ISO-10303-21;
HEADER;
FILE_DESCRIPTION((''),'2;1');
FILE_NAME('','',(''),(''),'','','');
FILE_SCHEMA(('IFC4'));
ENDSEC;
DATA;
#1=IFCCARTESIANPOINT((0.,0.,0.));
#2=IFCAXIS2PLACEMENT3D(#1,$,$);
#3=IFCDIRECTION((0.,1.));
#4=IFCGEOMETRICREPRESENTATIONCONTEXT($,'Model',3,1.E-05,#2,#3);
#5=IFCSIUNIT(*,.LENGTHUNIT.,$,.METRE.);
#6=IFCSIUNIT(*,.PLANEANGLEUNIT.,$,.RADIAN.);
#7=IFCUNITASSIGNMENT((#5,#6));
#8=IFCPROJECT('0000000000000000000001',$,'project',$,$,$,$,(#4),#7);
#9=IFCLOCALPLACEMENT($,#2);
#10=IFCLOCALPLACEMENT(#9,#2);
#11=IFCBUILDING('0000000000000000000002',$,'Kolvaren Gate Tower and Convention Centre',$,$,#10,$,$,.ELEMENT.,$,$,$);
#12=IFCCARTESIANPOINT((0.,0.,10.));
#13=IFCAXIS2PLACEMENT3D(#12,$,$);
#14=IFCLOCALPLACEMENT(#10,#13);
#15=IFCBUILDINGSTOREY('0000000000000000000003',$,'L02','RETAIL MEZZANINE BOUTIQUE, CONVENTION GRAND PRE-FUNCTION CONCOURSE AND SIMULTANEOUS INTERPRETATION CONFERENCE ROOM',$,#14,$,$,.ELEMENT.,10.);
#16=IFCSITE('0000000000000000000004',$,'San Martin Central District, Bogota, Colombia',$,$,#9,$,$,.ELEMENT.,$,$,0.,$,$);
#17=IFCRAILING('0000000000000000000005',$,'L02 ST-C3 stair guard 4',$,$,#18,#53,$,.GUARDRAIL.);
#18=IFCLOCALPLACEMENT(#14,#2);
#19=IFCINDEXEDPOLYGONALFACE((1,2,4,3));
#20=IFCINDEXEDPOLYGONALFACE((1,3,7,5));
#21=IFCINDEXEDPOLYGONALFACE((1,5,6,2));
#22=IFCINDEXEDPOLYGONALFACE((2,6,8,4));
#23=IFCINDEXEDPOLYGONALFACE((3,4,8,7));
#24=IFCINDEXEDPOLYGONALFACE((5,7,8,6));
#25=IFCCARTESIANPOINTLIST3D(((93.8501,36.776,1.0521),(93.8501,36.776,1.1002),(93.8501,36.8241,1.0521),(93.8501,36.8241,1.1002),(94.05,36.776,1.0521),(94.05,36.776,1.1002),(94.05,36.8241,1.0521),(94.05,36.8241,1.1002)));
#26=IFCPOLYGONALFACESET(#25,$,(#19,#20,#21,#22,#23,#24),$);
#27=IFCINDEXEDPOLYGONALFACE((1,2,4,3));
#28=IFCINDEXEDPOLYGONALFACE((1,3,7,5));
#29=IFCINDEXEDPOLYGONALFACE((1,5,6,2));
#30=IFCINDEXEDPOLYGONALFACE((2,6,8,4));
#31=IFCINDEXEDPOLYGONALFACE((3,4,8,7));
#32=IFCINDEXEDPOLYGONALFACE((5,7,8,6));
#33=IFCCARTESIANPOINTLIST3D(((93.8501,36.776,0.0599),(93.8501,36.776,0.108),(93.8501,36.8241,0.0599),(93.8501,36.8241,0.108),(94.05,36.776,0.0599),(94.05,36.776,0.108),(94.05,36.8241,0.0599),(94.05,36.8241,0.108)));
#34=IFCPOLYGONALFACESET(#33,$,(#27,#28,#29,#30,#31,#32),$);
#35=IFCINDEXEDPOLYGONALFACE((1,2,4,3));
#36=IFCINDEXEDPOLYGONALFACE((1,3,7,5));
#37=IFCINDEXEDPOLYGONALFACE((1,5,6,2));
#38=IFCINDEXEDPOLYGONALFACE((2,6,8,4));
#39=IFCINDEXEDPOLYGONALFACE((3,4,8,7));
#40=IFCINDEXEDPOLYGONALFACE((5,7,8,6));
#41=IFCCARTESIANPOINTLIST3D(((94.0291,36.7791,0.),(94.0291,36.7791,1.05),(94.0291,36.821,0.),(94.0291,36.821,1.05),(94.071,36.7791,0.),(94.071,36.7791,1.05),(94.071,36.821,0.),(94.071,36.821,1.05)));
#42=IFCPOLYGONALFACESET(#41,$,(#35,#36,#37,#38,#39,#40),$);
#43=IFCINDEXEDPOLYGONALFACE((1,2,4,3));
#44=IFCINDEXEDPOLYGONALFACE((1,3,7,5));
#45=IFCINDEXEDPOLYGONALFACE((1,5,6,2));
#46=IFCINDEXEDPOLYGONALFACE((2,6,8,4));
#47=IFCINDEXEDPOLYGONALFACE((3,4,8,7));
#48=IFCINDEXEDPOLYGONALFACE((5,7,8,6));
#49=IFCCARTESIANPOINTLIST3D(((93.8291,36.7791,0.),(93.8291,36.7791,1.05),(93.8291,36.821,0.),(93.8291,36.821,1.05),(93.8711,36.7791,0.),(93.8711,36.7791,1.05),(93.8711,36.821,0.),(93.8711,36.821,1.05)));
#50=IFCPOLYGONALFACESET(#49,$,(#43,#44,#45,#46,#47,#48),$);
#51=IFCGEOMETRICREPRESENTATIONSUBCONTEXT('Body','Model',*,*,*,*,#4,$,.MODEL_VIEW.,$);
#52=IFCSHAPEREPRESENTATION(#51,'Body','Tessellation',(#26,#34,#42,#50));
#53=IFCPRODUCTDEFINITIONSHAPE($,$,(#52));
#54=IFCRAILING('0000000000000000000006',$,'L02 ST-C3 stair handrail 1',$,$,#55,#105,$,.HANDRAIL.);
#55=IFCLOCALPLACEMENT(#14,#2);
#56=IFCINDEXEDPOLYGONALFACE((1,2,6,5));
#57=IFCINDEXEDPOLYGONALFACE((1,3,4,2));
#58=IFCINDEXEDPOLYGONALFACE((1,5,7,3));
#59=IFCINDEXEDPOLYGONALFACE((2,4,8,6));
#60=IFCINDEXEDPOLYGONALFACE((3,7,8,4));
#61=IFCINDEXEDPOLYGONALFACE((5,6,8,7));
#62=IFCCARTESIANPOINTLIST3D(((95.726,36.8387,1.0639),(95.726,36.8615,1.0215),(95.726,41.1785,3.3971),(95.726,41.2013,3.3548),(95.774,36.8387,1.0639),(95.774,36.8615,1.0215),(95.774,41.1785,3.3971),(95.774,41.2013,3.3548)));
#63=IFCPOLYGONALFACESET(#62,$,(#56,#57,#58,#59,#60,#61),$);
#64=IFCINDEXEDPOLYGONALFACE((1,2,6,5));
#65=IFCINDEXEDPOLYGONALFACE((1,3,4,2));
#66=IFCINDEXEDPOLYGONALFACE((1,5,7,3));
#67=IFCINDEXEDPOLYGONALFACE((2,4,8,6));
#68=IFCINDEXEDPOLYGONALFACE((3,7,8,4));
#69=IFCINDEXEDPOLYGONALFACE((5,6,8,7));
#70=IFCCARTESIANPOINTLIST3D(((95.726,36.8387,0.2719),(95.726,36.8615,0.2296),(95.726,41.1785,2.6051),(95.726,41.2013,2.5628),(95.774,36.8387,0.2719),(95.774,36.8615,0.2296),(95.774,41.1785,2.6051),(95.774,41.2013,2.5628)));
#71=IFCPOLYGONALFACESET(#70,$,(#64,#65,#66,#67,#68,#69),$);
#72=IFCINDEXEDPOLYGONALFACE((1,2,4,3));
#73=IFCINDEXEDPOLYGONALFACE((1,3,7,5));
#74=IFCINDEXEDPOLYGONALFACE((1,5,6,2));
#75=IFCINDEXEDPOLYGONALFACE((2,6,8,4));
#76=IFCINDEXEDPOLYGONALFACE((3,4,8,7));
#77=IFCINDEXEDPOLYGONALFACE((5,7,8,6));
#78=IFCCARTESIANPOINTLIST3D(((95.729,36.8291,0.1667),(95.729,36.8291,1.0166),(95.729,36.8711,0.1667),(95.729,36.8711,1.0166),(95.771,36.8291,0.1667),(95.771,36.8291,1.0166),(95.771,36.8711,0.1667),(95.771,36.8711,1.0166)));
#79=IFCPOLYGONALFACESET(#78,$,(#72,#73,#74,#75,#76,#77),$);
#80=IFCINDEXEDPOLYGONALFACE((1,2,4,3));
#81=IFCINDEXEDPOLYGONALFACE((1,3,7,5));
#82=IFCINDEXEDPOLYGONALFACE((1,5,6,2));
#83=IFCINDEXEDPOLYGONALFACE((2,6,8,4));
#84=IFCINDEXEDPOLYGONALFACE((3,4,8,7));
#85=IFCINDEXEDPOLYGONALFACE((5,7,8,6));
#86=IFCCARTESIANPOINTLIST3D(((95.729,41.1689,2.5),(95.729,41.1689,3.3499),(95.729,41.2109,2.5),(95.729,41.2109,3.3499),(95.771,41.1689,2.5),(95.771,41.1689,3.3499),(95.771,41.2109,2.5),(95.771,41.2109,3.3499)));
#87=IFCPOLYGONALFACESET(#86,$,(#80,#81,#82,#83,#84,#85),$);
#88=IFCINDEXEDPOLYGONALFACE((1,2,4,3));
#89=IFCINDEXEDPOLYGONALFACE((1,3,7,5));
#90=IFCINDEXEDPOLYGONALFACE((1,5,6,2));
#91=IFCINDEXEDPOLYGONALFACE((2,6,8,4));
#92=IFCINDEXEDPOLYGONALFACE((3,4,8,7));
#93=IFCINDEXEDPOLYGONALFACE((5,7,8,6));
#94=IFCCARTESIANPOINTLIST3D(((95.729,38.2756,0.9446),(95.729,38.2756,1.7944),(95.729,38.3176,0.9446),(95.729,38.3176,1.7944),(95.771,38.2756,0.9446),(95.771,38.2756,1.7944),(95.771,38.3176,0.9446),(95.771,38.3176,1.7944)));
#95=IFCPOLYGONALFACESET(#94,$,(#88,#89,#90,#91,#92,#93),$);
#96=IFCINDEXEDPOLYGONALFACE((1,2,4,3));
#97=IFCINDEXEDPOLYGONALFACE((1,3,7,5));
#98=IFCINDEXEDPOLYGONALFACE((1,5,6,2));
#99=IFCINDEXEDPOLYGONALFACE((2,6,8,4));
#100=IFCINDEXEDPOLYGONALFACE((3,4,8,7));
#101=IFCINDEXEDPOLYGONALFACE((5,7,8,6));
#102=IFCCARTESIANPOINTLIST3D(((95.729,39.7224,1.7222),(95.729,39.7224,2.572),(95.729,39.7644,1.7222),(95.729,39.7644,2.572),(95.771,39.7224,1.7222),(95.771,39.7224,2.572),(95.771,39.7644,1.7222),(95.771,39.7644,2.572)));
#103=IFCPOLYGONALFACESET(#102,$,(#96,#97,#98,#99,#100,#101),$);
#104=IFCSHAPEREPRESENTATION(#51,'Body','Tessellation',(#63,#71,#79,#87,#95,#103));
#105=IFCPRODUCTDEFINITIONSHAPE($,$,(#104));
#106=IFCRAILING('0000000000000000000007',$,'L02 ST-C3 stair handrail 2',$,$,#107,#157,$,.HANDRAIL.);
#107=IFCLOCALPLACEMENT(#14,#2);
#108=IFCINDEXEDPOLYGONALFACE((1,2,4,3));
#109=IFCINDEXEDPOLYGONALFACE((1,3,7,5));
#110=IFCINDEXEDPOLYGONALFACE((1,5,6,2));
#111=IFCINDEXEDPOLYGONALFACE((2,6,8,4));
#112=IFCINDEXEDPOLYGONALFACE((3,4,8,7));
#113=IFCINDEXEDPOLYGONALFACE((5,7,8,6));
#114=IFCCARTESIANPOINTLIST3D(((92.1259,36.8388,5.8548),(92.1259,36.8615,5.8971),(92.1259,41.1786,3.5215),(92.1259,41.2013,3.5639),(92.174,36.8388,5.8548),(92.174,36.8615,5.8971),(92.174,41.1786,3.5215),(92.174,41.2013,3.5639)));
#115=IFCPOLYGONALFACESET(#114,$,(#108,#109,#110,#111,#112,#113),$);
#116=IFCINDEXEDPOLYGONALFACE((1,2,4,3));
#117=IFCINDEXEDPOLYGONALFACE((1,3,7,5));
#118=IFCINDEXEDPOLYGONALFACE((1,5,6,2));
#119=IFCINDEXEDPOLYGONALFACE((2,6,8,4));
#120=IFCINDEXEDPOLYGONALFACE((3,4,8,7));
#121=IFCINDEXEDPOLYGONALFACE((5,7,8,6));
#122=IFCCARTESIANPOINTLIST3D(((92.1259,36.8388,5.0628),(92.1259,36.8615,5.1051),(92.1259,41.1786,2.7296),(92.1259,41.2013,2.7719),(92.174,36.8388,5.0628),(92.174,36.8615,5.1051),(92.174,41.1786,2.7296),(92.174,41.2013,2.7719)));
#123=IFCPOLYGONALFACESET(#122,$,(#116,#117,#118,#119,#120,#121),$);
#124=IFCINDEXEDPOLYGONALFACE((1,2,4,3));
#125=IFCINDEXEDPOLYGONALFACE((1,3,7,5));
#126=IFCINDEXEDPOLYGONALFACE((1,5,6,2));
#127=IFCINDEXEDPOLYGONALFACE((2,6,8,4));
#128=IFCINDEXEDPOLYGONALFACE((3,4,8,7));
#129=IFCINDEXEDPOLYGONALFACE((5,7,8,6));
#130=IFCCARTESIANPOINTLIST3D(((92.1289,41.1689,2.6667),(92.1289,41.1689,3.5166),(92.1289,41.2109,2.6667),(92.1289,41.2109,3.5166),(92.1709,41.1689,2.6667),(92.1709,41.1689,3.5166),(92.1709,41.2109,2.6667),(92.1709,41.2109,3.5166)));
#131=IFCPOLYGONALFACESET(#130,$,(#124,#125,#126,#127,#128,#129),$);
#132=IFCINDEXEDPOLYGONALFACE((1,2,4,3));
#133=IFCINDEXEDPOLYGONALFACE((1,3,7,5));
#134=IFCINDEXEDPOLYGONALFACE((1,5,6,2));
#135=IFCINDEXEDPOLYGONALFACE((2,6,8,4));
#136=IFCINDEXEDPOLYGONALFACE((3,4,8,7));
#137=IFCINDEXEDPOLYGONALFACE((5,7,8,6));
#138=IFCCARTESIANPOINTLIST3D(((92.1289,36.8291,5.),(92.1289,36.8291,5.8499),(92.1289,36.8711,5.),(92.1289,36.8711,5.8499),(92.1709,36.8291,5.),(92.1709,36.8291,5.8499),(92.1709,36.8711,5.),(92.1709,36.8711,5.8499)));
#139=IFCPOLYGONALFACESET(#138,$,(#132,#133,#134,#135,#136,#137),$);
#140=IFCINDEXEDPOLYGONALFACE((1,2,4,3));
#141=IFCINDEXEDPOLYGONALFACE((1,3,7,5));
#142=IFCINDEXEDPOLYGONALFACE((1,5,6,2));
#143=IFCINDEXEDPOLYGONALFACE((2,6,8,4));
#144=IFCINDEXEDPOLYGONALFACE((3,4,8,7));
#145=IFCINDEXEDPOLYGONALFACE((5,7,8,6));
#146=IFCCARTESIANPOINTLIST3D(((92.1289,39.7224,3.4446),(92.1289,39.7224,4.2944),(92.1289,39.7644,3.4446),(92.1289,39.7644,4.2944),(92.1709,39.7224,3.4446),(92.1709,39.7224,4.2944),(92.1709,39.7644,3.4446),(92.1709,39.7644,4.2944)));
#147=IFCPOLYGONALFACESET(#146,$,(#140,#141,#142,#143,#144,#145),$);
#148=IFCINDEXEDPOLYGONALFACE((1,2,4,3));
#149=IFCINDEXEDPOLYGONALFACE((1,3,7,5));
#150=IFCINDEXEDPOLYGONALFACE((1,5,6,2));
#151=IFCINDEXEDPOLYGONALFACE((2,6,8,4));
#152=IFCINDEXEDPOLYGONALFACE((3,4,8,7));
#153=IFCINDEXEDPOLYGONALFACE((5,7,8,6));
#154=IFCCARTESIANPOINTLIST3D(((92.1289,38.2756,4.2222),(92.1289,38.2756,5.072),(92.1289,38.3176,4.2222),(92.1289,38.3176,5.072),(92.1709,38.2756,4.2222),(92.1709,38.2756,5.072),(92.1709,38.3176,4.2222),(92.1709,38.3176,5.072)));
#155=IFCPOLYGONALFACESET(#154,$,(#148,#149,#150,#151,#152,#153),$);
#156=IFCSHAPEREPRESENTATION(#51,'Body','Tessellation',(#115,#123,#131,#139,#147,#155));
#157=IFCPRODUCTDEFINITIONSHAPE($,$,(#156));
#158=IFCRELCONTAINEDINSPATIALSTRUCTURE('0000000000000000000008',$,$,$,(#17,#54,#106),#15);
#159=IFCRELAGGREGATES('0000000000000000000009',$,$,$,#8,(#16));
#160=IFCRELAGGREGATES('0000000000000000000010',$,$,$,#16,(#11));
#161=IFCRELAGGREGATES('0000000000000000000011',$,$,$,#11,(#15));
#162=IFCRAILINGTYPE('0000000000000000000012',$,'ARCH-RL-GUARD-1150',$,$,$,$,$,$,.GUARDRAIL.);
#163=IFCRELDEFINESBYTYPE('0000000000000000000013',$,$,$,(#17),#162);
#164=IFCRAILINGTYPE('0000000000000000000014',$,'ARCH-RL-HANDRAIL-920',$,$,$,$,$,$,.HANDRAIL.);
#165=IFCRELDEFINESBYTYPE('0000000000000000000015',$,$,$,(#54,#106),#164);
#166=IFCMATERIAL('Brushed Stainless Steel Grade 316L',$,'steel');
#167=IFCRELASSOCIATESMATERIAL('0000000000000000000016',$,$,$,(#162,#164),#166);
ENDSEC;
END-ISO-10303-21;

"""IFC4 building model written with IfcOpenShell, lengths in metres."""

from ifc_helpers import new_model, si_unit, direction, frame, origin, origin_2d, place, context, subcontext, project, spatial, rectangle, extrude, material, type_object, element, save


model = new_model("IFC4")

# Units and contexts
model_context = context("Model", 3, precision=1e-05, world=origin(), true_north=direction((0.0, 1.0)))
body_context = subcontext(model_context, "Body", "Model", "MODEL_VIEW")
ifc_project = project(units=[si_unit("LENGTHUNIT", "METRE"), si_unit("PLANEANGLEUNIT", "RADIAN")], contexts=[model_context])

# Site, building, storey
site_placement = place(None, origin())
site = spatial("IfcSite", under=ifc_project, at=site_placement, Name="San Martin Central District, Bogota, Colombia", CompositionType="ELEMENT", RefElevation=0.0)
building_placement = place(site_placement, origin())
building = spatial("IfcBuilding", under=site, at=building_placement, Name="Kolvaren Gate Tower and Convention Centre", CompositionType="ELEMENT")
storey_placement = place(building_placement, frame((0.0, 0.0, 10.0)))
storey = spatial("IfcBuildingStorey", under=building, at=storey_placement, Name="L02", Description="RETAIL MEZZANINE BOUTIQUE, CONVENTION GRAND PRE-FUNCTION CONCOURSE AND SIMULTANEOUS INTERPRETATION CONFERENCE ROOM", CompositionType="ELEMENT", Elevation=10.0)

# Shared definitions
ifc_material_1 = material(Name="Brushed Stainless Steel Grade 316L", Category="steel")

# Railings
railing_type_1 = type_object("IfcRailingType", Name="ARCH-RL-GUARD-1150", PredefinedType="GUARDRAIL", material=ifc_material_1)
railing_1_placement = place(storey_placement, frame((94.05, 36.8, 0.0)))
element("IfcRailing", 1, at=railing_1_placement, inside=storey, type_object=railing_type_1, Name="L02 ST-C3 stair guard 4", PredefinedType="GUARDRAIL", context=body_context, shape_type="SweptSolid", body=[
    extrude(rectangle(XDim=0.0481, YDim=0.0481, at=origin_2d()), frame((0.0, 0.0, 1.0762), z_axis=(-1.0, 0.0, 0.0), x_axis=(0.0, -1.0, 0.0)), (0.0, 0.0, 1.0), 0.2),
    extrude(rectangle(XDim=0.0481, YDim=0.0481, at=origin_2d()), frame((0.0, 0.0, 0.084), z_axis=(-1.0, 0.0, 0.0), x_axis=(0.0, -1.0, 0.0)), (0.0, 0.0, 1.0), 0.2),
    extrude(rectangle(XDim=0.042, YDim=0.042, at=origin_2d()), origin(), (0.0, 0.0, 1.0), 1.05),
    extrude(rectangle(XDim=0.042, YDim=0.042, at=origin_2d()), frame((-0.2, 0.0, 0.0)), (0.0, 0.0, 1.0), 1.05),
])
railing_type_2 = type_object("IfcRailingType", Name="ARCH-RL-HANDRAIL-920", PredefinedType="HANDRAIL", material=ifc_material_1)
railing_2_placement = place(storey_placement, frame((95.75, 36.8501, 0.1667)))
element("IfcRailing", 2, at=railing_2_placement, inside=storey, type_object=railing_type_2, Name="L02 ST-C3 stair handrail 1", PredefinedType="HANDRAIL", context=body_context, shape_type="SweptSolid", body=[
    extrude(rectangle(XDim=0.0481, YDim=0.0481, at=origin_2d()), frame((0.0, 0.0, 0.876), z_axis=(0.0, 0.880775, 0.473535), x_axis=(-1.0, 0.0, 0.0)), (0.0, 0.0, 1.0), 4.9272),
    extrude(rectangle(XDim=0.0481, YDim=0.0481, at=origin_2d()), frame((0.0, 0.0, 0.084), z_axis=(0.0, 0.880775, 0.473535), x_axis=(-1.0, 0.0, 0.0)), (0.0, 0.0, 1.0), 4.9272),
    extrude(rectangle(XDim=0.042, YDim=0.042, at=origin_2d()), origin(), (0.0, 0.0, 1.0), 0.8499),
    extrude(rectangle(XDim=0.042, YDim=0.042, at=origin_2d()), frame((0.0, 4.3398, 2.3333)), (0.0, 0.0, 1.0), 0.8499),
    extrude(rectangle(XDim=0.042, YDim=0.042, at=origin_2d()), frame((0.0, 1.4465, 0.7778)), (0.0, 0.0, 1.0), 0.8499),
    extrude(rectangle(XDim=0.042, YDim=0.042, at=origin_2d()), frame((0.0, 2.8933, 1.5554)), (0.0, 0.0, 1.0), 0.8499),
])
railing_3_placement = place(storey_placement, frame((92.1499, 41.1899, 2.6667)))
element("IfcRailing", 3, at=railing_3_placement, inside=storey, type_object=railing_type_2, Name="L02 ST-C3 stair handrail 2", PredefinedType="HANDRAIL", context=body_context, shape_type="SweptSolid", body=[
    extrude(rectangle(XDim=0.0481, YDim=0.0481, at=origin_2d()), frame((0.0, 0.0, 0.876), z_axis=(0.0, -0.880775, 0.473535), x_axis=(1.0, 0.0, 0.0)), (0.0, 0.0, 1.0), 4.9272),
    extrude(rectangle(XDim=0.0481, YDim=0.0481, at=origin_2d()), frame((0.0, 0.0, 0.084), z_axis=(0.0, -0.880775, 0.473535), x_axis=(1.0, 0.0, 0.0)), (0.0, 0.0, 1.0), 4.9272),
    extrude(rectangle(XDim=0.042, YDim=0.042, at=origin_2d()), origin(), (0.0, 0.0, 1.0), 0.8499),
    extrude(rectangle(XDim=0.042, YDim=0.042, at=origin_2d()), frame((0.0, -4.3398, 2.3333)), (0.0, 0.0, 1.0), 0.8499),
    extrude(rectangle(XDim=0.042, YDim=0.042, at=origin_2d()), frame((0.0, -1.4465, 0.7778)), (0.0, 0.0, 1.0), 0.8499),
    extrude(rectangle(XDim=0.042, YDim=0.042, at=origin_2d()), frame((0.0, -2.8933, 1.5554)), (0.0, 0.0, 1.0), 0.8499),
])

save(model, "model.ifc")
